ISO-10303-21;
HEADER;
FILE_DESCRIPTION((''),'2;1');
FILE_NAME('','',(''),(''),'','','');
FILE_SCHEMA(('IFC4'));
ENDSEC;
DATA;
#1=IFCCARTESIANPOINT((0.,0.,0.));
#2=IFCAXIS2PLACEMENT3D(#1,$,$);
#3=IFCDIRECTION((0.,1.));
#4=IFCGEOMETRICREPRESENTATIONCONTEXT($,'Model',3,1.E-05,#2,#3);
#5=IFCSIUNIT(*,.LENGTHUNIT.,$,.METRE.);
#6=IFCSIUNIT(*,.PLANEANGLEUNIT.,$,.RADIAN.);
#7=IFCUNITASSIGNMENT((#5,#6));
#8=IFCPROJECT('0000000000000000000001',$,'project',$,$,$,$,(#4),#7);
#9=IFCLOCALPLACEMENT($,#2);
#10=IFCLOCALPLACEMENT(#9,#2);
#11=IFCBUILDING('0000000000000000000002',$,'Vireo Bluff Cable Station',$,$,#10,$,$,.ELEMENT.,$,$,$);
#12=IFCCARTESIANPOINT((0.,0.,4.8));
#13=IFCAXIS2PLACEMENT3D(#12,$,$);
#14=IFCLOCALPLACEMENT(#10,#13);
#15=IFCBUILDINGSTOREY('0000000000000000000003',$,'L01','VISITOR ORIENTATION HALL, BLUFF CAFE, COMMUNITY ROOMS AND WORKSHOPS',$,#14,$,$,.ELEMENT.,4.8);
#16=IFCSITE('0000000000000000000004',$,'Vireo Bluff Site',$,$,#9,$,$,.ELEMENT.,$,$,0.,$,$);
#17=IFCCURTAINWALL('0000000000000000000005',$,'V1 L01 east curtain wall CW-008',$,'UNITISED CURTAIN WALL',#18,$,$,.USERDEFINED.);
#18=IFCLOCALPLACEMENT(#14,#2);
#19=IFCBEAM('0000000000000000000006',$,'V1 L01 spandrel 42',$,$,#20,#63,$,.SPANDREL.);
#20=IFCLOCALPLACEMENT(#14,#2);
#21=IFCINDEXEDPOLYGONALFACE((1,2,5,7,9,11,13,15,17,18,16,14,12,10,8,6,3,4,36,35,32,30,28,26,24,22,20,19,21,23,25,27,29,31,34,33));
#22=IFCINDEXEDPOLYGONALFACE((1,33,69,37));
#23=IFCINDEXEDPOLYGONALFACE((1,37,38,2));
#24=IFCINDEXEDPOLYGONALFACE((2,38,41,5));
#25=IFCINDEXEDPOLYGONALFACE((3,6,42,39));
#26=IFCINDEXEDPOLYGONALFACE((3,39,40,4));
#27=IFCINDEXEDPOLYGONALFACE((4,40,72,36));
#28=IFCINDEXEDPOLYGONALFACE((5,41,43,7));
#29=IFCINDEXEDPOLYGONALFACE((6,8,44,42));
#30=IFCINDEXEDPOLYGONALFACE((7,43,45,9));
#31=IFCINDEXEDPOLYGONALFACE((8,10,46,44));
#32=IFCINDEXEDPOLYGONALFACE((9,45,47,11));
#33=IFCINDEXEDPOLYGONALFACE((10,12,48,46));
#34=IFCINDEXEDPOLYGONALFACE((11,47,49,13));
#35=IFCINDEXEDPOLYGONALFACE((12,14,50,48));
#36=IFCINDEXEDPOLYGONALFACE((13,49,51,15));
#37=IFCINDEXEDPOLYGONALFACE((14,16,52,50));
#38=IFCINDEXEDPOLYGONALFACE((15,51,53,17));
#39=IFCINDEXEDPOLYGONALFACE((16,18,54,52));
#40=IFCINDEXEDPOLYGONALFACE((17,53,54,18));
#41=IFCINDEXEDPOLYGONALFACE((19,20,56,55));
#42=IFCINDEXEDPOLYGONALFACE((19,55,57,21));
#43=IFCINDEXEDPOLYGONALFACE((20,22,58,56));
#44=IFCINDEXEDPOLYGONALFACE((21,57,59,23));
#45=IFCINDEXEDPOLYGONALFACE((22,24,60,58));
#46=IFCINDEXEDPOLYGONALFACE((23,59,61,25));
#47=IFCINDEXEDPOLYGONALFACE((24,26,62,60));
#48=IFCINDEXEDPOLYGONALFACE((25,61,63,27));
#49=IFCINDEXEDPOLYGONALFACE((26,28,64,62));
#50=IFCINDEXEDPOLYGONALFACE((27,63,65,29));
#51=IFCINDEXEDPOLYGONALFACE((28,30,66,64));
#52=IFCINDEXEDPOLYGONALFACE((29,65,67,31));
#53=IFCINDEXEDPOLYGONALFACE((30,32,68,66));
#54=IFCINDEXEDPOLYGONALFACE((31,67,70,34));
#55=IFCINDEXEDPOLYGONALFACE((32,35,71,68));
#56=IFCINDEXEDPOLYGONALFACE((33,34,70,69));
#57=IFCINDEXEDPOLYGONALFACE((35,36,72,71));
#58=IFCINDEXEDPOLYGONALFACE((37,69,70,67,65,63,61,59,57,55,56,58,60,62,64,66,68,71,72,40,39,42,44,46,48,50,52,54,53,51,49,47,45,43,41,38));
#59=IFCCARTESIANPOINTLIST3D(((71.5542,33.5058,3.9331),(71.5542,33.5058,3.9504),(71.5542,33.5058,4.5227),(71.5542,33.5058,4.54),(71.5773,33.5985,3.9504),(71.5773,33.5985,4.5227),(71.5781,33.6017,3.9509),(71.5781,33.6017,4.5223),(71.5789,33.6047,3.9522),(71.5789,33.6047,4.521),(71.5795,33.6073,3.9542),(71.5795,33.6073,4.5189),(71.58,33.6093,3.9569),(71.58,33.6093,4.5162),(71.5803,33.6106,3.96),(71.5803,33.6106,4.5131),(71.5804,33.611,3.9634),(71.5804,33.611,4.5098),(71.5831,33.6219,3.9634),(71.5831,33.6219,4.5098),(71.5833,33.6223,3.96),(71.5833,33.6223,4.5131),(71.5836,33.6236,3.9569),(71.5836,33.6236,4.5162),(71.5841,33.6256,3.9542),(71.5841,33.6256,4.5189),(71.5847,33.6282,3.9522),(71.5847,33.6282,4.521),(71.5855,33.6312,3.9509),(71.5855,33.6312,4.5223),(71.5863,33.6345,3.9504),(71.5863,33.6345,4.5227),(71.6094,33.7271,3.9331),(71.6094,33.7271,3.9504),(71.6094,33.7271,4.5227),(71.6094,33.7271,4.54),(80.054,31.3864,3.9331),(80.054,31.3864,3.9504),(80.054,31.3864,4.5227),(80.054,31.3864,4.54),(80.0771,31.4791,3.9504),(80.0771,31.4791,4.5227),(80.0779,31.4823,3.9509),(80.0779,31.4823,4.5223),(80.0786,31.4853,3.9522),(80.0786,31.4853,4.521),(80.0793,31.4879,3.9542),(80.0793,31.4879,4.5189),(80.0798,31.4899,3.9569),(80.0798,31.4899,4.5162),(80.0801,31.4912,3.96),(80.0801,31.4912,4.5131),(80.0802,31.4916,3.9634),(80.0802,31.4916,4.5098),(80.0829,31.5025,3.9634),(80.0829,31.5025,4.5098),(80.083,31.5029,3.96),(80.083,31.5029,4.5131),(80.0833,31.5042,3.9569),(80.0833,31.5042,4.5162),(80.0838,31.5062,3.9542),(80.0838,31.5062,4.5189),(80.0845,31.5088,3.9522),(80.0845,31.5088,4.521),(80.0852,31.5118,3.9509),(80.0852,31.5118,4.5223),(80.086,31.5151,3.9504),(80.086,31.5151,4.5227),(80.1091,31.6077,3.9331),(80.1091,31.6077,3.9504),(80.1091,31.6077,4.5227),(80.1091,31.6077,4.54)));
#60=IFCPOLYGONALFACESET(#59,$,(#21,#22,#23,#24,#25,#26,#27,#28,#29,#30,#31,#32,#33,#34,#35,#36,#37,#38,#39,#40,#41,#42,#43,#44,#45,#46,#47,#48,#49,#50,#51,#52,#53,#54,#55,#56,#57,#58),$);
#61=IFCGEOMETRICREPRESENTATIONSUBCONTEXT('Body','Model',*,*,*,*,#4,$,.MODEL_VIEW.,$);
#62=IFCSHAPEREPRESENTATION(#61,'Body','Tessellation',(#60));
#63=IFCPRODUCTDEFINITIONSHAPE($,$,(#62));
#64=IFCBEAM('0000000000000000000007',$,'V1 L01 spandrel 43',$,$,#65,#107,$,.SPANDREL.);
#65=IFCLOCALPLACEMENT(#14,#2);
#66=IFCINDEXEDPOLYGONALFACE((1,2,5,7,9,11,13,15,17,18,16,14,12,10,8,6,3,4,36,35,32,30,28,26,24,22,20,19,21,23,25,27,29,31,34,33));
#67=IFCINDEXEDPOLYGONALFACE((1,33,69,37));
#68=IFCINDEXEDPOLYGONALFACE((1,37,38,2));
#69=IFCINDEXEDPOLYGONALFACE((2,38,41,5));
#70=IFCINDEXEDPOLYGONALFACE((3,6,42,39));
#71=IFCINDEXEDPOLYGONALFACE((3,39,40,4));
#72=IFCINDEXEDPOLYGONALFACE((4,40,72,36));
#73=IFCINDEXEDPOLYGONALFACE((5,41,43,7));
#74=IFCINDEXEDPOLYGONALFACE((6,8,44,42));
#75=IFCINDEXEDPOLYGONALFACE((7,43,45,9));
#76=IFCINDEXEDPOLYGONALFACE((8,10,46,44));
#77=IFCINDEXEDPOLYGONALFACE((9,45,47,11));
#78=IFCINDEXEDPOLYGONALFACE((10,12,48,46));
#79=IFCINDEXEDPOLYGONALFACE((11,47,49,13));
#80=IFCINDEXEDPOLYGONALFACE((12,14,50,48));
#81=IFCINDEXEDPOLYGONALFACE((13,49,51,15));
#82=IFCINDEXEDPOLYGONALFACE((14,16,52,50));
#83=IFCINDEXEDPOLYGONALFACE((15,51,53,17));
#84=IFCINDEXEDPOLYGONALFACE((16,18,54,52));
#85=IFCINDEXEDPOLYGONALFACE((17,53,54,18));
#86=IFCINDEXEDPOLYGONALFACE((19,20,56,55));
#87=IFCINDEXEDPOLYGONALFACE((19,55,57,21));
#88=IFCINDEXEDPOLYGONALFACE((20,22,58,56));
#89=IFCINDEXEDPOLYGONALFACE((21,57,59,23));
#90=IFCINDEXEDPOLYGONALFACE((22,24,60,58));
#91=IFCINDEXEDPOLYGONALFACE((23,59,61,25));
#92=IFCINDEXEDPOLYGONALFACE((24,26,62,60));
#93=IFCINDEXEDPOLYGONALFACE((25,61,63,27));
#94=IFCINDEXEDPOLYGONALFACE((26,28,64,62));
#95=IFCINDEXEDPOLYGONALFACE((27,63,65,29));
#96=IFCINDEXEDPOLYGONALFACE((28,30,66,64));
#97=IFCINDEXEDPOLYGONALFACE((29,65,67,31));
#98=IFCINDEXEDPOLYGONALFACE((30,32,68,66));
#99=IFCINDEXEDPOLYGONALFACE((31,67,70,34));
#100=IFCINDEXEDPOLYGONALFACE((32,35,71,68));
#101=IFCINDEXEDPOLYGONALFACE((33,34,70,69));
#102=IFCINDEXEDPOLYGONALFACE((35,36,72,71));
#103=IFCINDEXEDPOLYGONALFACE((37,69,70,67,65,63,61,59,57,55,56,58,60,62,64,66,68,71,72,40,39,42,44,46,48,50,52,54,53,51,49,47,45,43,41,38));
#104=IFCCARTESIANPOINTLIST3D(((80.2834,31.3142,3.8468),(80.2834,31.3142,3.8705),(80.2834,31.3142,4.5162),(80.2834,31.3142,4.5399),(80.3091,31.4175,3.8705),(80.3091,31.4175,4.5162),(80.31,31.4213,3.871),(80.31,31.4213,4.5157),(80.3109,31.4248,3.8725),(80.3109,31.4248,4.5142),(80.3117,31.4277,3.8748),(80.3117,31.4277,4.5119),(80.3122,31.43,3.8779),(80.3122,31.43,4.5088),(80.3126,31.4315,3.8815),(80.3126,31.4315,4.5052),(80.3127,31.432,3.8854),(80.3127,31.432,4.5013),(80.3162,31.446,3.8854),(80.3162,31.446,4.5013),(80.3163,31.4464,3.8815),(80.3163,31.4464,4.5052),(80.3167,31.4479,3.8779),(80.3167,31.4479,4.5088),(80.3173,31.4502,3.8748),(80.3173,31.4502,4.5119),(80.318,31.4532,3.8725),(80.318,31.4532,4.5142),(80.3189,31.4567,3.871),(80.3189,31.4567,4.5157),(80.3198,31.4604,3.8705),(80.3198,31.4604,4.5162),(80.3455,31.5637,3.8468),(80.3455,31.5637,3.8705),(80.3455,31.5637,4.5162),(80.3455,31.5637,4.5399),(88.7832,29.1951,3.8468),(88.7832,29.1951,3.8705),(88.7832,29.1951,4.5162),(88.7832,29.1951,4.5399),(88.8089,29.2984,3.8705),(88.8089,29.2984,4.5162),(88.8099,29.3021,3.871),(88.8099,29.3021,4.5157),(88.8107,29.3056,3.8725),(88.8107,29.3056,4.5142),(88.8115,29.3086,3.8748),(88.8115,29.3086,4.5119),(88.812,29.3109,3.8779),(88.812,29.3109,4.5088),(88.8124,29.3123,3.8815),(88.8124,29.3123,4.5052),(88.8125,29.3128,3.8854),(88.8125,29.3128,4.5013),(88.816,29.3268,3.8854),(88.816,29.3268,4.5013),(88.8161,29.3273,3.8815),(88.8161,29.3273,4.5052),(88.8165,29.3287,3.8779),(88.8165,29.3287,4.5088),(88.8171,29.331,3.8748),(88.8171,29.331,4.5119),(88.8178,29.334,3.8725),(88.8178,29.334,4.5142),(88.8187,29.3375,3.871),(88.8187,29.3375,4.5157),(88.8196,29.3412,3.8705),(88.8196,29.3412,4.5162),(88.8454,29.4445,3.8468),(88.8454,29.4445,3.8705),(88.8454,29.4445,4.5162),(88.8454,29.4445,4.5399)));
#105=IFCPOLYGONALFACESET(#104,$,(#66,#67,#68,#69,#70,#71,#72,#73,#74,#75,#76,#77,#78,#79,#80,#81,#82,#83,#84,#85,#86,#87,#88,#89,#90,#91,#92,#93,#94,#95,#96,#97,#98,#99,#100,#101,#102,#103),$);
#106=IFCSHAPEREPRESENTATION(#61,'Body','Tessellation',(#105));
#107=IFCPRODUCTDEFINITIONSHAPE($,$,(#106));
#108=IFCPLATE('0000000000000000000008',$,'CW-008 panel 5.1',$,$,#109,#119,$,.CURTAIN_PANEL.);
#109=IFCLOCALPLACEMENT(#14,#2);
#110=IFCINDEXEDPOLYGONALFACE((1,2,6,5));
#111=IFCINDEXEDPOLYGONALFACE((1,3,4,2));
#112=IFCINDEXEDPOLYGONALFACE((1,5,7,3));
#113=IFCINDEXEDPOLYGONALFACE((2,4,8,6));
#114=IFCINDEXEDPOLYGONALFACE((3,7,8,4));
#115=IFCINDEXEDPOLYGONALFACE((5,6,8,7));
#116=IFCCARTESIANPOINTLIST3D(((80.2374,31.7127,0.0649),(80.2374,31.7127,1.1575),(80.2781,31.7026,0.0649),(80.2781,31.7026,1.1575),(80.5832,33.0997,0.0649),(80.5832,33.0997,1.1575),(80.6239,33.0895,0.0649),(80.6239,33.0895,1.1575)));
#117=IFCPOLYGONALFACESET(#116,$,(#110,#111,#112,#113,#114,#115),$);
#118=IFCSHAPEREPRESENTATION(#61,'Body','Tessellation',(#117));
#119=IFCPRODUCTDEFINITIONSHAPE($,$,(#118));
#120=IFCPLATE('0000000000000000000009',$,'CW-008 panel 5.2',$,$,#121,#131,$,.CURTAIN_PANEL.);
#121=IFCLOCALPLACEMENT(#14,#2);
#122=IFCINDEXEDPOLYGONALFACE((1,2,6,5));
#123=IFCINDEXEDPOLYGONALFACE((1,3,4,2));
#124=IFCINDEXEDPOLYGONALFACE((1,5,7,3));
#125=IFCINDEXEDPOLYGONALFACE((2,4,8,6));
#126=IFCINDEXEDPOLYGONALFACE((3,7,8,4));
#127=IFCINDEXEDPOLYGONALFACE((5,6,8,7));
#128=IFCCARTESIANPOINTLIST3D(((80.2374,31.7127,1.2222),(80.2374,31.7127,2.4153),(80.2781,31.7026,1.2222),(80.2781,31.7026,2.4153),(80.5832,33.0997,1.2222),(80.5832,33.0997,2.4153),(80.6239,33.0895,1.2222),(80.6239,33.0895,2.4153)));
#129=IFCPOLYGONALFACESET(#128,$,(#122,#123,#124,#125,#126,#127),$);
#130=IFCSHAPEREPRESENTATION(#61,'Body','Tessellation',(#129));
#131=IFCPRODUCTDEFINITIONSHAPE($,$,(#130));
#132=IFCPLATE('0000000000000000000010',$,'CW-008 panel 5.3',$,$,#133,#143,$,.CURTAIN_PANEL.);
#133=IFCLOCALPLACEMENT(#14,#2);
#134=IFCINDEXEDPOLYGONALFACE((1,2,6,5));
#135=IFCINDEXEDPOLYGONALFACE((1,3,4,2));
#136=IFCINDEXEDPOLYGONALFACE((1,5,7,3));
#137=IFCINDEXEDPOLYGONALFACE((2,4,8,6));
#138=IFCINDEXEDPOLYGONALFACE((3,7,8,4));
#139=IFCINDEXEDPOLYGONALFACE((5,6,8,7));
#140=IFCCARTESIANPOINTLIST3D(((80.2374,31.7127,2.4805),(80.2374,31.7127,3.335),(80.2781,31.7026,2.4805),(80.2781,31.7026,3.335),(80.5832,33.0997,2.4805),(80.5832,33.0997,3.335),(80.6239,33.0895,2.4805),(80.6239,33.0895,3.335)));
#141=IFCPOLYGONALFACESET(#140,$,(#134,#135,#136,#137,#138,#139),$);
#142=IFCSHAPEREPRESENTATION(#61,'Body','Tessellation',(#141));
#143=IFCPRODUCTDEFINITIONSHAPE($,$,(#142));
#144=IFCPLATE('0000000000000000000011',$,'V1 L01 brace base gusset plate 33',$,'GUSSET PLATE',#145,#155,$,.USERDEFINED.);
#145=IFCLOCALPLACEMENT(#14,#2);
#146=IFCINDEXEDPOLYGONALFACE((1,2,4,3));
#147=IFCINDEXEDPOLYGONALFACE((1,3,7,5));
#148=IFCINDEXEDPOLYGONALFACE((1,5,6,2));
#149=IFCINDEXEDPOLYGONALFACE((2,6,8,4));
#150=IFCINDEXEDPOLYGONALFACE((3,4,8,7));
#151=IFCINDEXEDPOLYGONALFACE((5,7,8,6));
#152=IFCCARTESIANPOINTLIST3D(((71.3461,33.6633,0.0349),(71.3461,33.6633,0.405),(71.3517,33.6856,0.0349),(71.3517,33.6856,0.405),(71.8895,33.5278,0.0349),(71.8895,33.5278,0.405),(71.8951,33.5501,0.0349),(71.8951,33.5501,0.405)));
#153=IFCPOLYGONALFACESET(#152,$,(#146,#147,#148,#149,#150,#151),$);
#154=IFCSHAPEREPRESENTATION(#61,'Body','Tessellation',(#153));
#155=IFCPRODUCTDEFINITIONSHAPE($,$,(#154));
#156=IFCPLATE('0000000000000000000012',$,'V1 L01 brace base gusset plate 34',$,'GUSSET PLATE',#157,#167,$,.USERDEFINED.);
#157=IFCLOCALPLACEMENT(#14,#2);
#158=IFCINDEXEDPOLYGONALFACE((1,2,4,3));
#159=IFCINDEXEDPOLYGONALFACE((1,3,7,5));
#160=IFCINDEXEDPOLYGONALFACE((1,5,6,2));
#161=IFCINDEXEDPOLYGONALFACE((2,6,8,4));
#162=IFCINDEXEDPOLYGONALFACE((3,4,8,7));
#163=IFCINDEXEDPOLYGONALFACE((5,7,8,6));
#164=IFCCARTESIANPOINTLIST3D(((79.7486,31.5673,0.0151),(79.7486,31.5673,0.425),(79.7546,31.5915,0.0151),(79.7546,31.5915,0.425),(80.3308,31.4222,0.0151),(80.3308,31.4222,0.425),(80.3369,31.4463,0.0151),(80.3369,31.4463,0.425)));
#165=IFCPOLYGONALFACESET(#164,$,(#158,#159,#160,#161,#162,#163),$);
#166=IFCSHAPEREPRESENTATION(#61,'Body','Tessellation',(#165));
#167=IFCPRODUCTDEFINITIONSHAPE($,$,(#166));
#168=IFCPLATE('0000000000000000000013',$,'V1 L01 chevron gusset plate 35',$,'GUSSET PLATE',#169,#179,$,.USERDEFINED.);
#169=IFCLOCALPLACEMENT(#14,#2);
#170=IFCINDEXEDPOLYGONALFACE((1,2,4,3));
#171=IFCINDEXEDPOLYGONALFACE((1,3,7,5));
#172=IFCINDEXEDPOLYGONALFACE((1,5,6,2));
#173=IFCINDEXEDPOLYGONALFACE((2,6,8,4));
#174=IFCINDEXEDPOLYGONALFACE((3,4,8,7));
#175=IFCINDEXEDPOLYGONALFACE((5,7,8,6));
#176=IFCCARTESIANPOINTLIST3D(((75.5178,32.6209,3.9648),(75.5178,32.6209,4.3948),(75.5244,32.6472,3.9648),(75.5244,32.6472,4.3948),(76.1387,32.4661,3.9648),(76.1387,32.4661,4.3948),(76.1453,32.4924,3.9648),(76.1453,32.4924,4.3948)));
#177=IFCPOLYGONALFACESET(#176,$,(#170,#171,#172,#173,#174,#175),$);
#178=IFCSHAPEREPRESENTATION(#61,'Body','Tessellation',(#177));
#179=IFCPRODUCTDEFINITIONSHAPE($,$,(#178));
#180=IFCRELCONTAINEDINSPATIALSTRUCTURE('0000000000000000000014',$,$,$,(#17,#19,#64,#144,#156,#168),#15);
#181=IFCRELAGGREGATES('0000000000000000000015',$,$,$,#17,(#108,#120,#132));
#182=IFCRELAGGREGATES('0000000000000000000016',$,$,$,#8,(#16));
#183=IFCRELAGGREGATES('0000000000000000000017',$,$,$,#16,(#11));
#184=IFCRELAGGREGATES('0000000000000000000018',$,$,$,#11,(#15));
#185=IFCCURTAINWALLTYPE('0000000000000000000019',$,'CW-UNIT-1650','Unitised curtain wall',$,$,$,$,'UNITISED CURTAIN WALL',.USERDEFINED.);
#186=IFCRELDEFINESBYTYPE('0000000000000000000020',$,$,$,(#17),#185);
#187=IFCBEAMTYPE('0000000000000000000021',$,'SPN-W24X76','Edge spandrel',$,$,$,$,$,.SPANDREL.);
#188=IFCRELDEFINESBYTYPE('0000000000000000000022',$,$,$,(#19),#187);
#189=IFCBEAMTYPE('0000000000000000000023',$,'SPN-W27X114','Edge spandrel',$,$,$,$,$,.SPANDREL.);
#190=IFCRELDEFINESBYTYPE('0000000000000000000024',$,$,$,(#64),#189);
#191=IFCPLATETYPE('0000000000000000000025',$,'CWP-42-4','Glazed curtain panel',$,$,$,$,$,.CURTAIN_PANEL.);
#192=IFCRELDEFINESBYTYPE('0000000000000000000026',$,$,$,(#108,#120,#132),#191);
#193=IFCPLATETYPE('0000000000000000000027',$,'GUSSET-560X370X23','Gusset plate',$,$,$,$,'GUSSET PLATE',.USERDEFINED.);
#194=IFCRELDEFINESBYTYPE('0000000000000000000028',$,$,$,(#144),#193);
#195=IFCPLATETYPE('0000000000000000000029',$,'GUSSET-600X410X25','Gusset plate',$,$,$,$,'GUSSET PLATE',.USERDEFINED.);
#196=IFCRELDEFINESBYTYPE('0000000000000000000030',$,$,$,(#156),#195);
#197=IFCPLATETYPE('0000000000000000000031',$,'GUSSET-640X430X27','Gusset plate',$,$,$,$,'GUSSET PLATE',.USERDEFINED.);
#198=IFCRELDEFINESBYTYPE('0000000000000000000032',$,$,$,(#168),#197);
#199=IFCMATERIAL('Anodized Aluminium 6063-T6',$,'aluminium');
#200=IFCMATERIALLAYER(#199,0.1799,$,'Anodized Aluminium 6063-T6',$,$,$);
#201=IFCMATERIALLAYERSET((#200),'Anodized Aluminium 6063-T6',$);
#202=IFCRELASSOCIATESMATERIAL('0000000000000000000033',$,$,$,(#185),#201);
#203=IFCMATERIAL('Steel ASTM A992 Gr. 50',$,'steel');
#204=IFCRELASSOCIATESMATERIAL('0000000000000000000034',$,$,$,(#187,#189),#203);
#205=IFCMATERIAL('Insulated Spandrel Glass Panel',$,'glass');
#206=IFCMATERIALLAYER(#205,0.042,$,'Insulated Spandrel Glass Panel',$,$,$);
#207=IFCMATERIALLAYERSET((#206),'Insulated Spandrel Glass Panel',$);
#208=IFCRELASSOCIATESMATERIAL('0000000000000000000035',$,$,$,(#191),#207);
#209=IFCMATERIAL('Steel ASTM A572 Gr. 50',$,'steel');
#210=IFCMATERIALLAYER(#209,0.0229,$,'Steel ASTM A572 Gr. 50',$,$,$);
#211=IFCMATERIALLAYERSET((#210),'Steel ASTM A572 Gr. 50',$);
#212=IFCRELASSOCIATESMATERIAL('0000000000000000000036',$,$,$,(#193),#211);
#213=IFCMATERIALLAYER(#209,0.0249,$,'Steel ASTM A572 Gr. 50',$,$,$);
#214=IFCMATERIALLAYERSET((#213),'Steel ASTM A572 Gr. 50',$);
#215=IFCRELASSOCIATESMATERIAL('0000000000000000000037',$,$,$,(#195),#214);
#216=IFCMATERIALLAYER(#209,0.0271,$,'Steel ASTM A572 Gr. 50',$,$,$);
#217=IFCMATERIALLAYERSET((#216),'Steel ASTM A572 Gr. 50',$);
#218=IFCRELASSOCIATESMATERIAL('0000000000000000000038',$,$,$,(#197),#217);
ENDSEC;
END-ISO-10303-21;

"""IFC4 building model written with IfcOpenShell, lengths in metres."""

from ifc_helpers import new_model, si_unit, direction, frame, origin, origin_2d, place, context, subcontext, project, spatial, rectangle, i_section, extrude, material, layer, layer_set, material_profile, profile_set, type_object, element, aggregate, save


model = new_model("IFC4")

# Units and contexts
model_context = context("Model", 3, precision=1e-05, world=origin(), true_north=direction((0.0, 1.0)))
body_context = subcontext(model_context, "Body", "Model", "MODEL_VIEW")
ifc_project = project(units=[si_unit("LENGTHUNIT", "METRE"), si_unit("PLANEANGLEUNIT", "RADIAN")], contexts=[model_context])

# Site, building, storey
site_placement = place(None, origin())
site = spatial("IfcSite", under=ifc_project, at=site_placement, Name="Vireo Bluff Site", CompositionType="ELEMENT", RefElevation=0.0)
building_placement = place(site_placement, origin())
building = spatial("IfcBuilding", under=site, at=building_placement, Name="Vireo Bluff Cable Station", CompositionType="ELEMENT")
storey_placement = place(building_placement, frame((0.0, 0.0, 4.8)))
storey = spatial("IfcBuildingStorey", under=building, at=storey_placement, Name="L01", Description="VISITOR ORIENTATION HALL, BLUFF CAFE, COMMUNITY ROOMS AND WORKSHOPS", CompositionType="ELEMENT", Elevation=4.8)

# Shared definitions
ifc_material_1 = material(Name="Steel ASTM A992 Gr. 50", Category="steel")

# Curtain wall
ifc_material_2 = material(Name="Anodized Aluminium 6063-T6", Category="aluminium")
ifc_layer_1 = layer(ifc_material_2, 0.1799, Name="Anodized Aluminium 6063-T6")
ifc_layer_set_1 = layer_set([ifc_layer_1], Name="Anodized Aluminium 6063-T6")
curtain_wall_type_1 = type_object("IfcCurtainWallType", Name="CW-UNIT-1650", Description="Unitised curtain wall", ElementType="UNITISED CURTAIN WALL", PredefinedType="USERDEFINED", material=ifc_layer_set_1)
curtain_wall_1_placement = place(storey_placement, origin())
curtain_wall_1 = element("IfcCurtainWall", 1, at=curtain_wall_1_placement, inside=storey, type_object=curtain_wall_type_1, Name="V1 L01 east curtain wall CW-008", ObjectType="UNITISED CURTAIN WALL", PredefinedType="USERDEFINED")

# Beams
ifc_material_profile_1 = material_profile(ifc_material_1, i_section(OverallWidth=0.228, OverallDepth=0.6069, WebThickness=0.0112, FlangeThickness=0.0173, FilletRadius=0.0129, at=origin_2d()), Name="W24X76")
ifc_profile_set_1 = profile_set([ifc_material_profile_1], Name="Steel ASTM A992 Gr. 50")
beam_type_1 = type_object("IfcBeamType", Name="SPN-W24X76", Description="Edge spandrel", PredefinedType="SPANDREL", material=ifc_profile_set_1)
beam_1_placement = place(storey_placement, frame((71.5818, 33.6165, 4.2366), z_axis=(0.970292, -0.241939, 0.0), x_axis=(0.241939, 0.970292, 0.0)))
element("IfcBeam", 2, at=beam_1_placement, inside=storey, type_object=beam_type_1, Name="V1 L01 spandrel 42", PredefinedType="SPANDREL", context=body_context, shape_type="SweptSolid", body=[
    extrude(i_section(OverallWidth=0.228, OverallDepth=0.6069, WebThickness=0.0112, FlangeThickness=0.0173, FilletRadius=0.0129, at=origin_2d()), origin(), (0.0, 0.0, 1.0), 8.76),
])
ifc_material_profile_2 = material_profile(ifc_material_1, i_section(OverallWidth=0.2571, OverallDepth=0.6931, WebThickness=0.0144, FlangeThickness=0.0237, FilletRadius=0.0149, at=origin_2d()), Name="W27X114")
ifc_profile_set_2 = profile_set([ifc_material_profile_2], Name="Steel ASTM A992 Gr. 50")
beam_type_2 = type_object("IfcBeamType", Name="SPN-W27X114", Description="Edge spandrel", PredefinedType="SPANDREL", material=ifc_profile_set_2)
beam_2_placement = place(storey_placement, frame((80.3145, 31.439, 4.1934), z_axis=(0.970298, -0.241913, 0.0), x_axis=(0.241913, 0.970298, 0.0)))
element("IfcBeam", 3, at=beam_2_placement, inside=storey, type_object=beam_type_2, Name="V1 L01 spandrel 43", PredefinedType="SPANDREL", context=body_context, shape_type="SweptSolid", body=[
    extrude(i_section(OverallWidth=0.2571, OverallDepth=0.6931, WebThickness=0.0144, FlangeThickness=0.0237, FilletRadius=0.0149, at=origin_2d()), origin(), (0.0, 0.0, 1.0), 8.76),
])

# Plates
ifc_material_3 = material(Name="Insulated Spandrel Glass Panel", Category="glass")
ifc_layer_2 = layer(ifc_material_3, 0.042, Name="Insulated Spandrel Glass Panel")
ifc_layer_set_2 = layer_set([ifc_layer_2], Name="Insulated Spandrel Glass Panel")
plate_type_1 = type_object("IfcPlateType", Name="CWP-42-4", Description="Glazed curtain panel", PredefinedType="CURTAIN_PANEL", material=ifc_layer_set_2)
plate_1_placement = place(storey_placement, frame((80.4307, 32.4011, 0.0649), z_axis=(0.0, 0.0, 1.0), x_axis=(-0.241922, -0.970296, 0.0)))
plate_1 = element("IfcPlate", 4, at=plate_1_placement, type_object=plate_type_1, Name="CW-008 panel 5.1", PredefinedType="CURTAIN_PANEL", context=body_context, shape_type="SweptSolid", body=[
    extrude(rectangle(XDim=1.4294, YDim=0.042, at=origin_2d()), origin(), (0.0, 0.0, 1.0), 1.0925),
])
plate_2_placement = place(storey_placement, frame((80.4307, 32.4011, 1.2222), z_axis=(0.0, 0.0, 1.0), x_axis=(-0.241922, -0.970296, 0.0)))
plate_2 = element("IfcPlate", 5, at=plate_2_placement, type_object=plate_type_1, Name="CW-008 panel 5.2", PredefinedType="CURTAIN_PANEL", context=body_context, shape_type="SweptSolid", body=[
    extrude(rectangle(XDim=1.4294, YDim=0.042, at=origin_2d()), origin(), (0.0, 0.0, 1.0), 1.1931),
])
plate_3_placement = place(storey_placement, frame((80.4307, 32.4011, 2.4805), z_axis=(0.0, 0.0, 1.0), x_axis=(-0.241922, -0.970296, 0.0)))
plate_3 = element("IfcPlate", 6, at=plate_3_placement, type_object=plate_type_1, Name="CW-008 panel 5.3", PredefinedType="CURTAIN_PANEL", context=body_context, shape_type="SweptSolid", body=[
    extrude(rectangle(XDim=1.4294, YDim=0.042, at=origin_2d()), origin(), (0.0, 0.0, 1.0), 0.8545),
])
aggregate(curtain_wall_1, [plate_1, plate_2, plate_3])

# Plates
ifc_material_4 = material(Name="Steel ASTM A572 Gr. 50", Category="steel")
ifc_layer_3 = layer(ifc_material_4, 0.0229, Name="Steel ASTM A572 Gr. 50")
ifc_layer_set_3 = layer_set([ifc_layer_3], Name="Steel ASTM A572 Gr. 50")
plate_type_2 = type_object("IfcPlateType", Name="GUSSET-560X370X23", Description="Gusset plate", ElementType="GUSSET PLATE", PredefinedType="USERDEFINED", material=ifc_layer_set_3)
plate_4_placement = place(storey_placement, frame((71.6206, 33.6067, 0.0349), z_axis=(0.0, 0.0, 1.0), x_axis=(0.970296, -0.241922, 0.0)))
element("IfcPlate", 7, at=plate_4_placement, inside=storey, type_object=plate_type_2, Name="V1 L01 brace base gusset plate 33", ObjectType="GUSSET PLATE", PredefinedType="USERDEFINED", context=body_context, shape_type="SweptSolid", body=[
    extrude(rectangle(XDim=0.5601, YDim=0.0229, at=origin_2d()), origin(), (0.0, 0.0, 1.0), 0.3701),
])
ifc_layer_4 = layer(ifc_material_4, 0.0249, Name="Steel ASTM A572 Gr. 50")
ifc_layer_set_4 = layer_set([ifc_layer_4], Name="Steel ASTM A572 Gr. 50")
plate_type_3 = type_object("IfcPlateType", Name="GUSSET-600X410X25", Description="Gusset plate", ElementType="GUSSET PLATE", PredefinedType="USERDEFINED", material=ifc_layer_set_4)
plate_5_placement = place(storey_placement, frame((80.0427, 31.5068, 0.0151), z_axis=(0.0, 0.0, 1.0), x_axis=(0.970296, -0.241922, 0.0)))
element("IfcPlate", 8, at=plate_5_placement, inside=storey, type_object=plate_type_3, Name="V1 L01 brace base gusset plate 34", ObjectType="GUSSET PLATE", PredefinedType="USERDEFINED", context=body_context, shape_type="SweptSolid", body=[
    extrude(rectangle(XDim=0.6001, YDim=0.0249, at=origin_2d()), origin(), (0.0, 0.0, 1.0), 0.4099),
])
ifc_layer_5 = layer(ifc_material_4, 0.0271, Name="Steel ASTM A572 Gr. 50")
ifc_layer_set_5 = layer_set([ifc_layer_5], Name="Steel ASTM A572 Gr. 50")
plate_type_4 = type_object("IfcPlateType", Name="GUSSET-640X430X27", Description="Gusset plate", ElementType="GUSSET PLATE", PredefinedType="USERDEFINED", material=ifc_layer_set_5)
plate_6_placement = place(storey_placement, frame((75.8315, 32.5566, 3.9648), z_axis=(0.0, 0.0, 1.0), x_axis=(0.970296, -0.241922, 0.0)))
element("IfcPlate", 9, at=plate_6_placement, inside=storey, type_object=plate_type_4, Name="V1 L01 chevron gusset plate 35", ObjectType="GUSSET PLATE", PredefinedType="USERDEFINED", context=body_context, shape_type="SweptSolid", body=[
    extrude(rectangle(XDim=0.6399, YDim=0.0271, at=origin_2d()), origin(), (0.0, 0.0, 1.0), 0.4299),
])

save(model, "model.ifc")
